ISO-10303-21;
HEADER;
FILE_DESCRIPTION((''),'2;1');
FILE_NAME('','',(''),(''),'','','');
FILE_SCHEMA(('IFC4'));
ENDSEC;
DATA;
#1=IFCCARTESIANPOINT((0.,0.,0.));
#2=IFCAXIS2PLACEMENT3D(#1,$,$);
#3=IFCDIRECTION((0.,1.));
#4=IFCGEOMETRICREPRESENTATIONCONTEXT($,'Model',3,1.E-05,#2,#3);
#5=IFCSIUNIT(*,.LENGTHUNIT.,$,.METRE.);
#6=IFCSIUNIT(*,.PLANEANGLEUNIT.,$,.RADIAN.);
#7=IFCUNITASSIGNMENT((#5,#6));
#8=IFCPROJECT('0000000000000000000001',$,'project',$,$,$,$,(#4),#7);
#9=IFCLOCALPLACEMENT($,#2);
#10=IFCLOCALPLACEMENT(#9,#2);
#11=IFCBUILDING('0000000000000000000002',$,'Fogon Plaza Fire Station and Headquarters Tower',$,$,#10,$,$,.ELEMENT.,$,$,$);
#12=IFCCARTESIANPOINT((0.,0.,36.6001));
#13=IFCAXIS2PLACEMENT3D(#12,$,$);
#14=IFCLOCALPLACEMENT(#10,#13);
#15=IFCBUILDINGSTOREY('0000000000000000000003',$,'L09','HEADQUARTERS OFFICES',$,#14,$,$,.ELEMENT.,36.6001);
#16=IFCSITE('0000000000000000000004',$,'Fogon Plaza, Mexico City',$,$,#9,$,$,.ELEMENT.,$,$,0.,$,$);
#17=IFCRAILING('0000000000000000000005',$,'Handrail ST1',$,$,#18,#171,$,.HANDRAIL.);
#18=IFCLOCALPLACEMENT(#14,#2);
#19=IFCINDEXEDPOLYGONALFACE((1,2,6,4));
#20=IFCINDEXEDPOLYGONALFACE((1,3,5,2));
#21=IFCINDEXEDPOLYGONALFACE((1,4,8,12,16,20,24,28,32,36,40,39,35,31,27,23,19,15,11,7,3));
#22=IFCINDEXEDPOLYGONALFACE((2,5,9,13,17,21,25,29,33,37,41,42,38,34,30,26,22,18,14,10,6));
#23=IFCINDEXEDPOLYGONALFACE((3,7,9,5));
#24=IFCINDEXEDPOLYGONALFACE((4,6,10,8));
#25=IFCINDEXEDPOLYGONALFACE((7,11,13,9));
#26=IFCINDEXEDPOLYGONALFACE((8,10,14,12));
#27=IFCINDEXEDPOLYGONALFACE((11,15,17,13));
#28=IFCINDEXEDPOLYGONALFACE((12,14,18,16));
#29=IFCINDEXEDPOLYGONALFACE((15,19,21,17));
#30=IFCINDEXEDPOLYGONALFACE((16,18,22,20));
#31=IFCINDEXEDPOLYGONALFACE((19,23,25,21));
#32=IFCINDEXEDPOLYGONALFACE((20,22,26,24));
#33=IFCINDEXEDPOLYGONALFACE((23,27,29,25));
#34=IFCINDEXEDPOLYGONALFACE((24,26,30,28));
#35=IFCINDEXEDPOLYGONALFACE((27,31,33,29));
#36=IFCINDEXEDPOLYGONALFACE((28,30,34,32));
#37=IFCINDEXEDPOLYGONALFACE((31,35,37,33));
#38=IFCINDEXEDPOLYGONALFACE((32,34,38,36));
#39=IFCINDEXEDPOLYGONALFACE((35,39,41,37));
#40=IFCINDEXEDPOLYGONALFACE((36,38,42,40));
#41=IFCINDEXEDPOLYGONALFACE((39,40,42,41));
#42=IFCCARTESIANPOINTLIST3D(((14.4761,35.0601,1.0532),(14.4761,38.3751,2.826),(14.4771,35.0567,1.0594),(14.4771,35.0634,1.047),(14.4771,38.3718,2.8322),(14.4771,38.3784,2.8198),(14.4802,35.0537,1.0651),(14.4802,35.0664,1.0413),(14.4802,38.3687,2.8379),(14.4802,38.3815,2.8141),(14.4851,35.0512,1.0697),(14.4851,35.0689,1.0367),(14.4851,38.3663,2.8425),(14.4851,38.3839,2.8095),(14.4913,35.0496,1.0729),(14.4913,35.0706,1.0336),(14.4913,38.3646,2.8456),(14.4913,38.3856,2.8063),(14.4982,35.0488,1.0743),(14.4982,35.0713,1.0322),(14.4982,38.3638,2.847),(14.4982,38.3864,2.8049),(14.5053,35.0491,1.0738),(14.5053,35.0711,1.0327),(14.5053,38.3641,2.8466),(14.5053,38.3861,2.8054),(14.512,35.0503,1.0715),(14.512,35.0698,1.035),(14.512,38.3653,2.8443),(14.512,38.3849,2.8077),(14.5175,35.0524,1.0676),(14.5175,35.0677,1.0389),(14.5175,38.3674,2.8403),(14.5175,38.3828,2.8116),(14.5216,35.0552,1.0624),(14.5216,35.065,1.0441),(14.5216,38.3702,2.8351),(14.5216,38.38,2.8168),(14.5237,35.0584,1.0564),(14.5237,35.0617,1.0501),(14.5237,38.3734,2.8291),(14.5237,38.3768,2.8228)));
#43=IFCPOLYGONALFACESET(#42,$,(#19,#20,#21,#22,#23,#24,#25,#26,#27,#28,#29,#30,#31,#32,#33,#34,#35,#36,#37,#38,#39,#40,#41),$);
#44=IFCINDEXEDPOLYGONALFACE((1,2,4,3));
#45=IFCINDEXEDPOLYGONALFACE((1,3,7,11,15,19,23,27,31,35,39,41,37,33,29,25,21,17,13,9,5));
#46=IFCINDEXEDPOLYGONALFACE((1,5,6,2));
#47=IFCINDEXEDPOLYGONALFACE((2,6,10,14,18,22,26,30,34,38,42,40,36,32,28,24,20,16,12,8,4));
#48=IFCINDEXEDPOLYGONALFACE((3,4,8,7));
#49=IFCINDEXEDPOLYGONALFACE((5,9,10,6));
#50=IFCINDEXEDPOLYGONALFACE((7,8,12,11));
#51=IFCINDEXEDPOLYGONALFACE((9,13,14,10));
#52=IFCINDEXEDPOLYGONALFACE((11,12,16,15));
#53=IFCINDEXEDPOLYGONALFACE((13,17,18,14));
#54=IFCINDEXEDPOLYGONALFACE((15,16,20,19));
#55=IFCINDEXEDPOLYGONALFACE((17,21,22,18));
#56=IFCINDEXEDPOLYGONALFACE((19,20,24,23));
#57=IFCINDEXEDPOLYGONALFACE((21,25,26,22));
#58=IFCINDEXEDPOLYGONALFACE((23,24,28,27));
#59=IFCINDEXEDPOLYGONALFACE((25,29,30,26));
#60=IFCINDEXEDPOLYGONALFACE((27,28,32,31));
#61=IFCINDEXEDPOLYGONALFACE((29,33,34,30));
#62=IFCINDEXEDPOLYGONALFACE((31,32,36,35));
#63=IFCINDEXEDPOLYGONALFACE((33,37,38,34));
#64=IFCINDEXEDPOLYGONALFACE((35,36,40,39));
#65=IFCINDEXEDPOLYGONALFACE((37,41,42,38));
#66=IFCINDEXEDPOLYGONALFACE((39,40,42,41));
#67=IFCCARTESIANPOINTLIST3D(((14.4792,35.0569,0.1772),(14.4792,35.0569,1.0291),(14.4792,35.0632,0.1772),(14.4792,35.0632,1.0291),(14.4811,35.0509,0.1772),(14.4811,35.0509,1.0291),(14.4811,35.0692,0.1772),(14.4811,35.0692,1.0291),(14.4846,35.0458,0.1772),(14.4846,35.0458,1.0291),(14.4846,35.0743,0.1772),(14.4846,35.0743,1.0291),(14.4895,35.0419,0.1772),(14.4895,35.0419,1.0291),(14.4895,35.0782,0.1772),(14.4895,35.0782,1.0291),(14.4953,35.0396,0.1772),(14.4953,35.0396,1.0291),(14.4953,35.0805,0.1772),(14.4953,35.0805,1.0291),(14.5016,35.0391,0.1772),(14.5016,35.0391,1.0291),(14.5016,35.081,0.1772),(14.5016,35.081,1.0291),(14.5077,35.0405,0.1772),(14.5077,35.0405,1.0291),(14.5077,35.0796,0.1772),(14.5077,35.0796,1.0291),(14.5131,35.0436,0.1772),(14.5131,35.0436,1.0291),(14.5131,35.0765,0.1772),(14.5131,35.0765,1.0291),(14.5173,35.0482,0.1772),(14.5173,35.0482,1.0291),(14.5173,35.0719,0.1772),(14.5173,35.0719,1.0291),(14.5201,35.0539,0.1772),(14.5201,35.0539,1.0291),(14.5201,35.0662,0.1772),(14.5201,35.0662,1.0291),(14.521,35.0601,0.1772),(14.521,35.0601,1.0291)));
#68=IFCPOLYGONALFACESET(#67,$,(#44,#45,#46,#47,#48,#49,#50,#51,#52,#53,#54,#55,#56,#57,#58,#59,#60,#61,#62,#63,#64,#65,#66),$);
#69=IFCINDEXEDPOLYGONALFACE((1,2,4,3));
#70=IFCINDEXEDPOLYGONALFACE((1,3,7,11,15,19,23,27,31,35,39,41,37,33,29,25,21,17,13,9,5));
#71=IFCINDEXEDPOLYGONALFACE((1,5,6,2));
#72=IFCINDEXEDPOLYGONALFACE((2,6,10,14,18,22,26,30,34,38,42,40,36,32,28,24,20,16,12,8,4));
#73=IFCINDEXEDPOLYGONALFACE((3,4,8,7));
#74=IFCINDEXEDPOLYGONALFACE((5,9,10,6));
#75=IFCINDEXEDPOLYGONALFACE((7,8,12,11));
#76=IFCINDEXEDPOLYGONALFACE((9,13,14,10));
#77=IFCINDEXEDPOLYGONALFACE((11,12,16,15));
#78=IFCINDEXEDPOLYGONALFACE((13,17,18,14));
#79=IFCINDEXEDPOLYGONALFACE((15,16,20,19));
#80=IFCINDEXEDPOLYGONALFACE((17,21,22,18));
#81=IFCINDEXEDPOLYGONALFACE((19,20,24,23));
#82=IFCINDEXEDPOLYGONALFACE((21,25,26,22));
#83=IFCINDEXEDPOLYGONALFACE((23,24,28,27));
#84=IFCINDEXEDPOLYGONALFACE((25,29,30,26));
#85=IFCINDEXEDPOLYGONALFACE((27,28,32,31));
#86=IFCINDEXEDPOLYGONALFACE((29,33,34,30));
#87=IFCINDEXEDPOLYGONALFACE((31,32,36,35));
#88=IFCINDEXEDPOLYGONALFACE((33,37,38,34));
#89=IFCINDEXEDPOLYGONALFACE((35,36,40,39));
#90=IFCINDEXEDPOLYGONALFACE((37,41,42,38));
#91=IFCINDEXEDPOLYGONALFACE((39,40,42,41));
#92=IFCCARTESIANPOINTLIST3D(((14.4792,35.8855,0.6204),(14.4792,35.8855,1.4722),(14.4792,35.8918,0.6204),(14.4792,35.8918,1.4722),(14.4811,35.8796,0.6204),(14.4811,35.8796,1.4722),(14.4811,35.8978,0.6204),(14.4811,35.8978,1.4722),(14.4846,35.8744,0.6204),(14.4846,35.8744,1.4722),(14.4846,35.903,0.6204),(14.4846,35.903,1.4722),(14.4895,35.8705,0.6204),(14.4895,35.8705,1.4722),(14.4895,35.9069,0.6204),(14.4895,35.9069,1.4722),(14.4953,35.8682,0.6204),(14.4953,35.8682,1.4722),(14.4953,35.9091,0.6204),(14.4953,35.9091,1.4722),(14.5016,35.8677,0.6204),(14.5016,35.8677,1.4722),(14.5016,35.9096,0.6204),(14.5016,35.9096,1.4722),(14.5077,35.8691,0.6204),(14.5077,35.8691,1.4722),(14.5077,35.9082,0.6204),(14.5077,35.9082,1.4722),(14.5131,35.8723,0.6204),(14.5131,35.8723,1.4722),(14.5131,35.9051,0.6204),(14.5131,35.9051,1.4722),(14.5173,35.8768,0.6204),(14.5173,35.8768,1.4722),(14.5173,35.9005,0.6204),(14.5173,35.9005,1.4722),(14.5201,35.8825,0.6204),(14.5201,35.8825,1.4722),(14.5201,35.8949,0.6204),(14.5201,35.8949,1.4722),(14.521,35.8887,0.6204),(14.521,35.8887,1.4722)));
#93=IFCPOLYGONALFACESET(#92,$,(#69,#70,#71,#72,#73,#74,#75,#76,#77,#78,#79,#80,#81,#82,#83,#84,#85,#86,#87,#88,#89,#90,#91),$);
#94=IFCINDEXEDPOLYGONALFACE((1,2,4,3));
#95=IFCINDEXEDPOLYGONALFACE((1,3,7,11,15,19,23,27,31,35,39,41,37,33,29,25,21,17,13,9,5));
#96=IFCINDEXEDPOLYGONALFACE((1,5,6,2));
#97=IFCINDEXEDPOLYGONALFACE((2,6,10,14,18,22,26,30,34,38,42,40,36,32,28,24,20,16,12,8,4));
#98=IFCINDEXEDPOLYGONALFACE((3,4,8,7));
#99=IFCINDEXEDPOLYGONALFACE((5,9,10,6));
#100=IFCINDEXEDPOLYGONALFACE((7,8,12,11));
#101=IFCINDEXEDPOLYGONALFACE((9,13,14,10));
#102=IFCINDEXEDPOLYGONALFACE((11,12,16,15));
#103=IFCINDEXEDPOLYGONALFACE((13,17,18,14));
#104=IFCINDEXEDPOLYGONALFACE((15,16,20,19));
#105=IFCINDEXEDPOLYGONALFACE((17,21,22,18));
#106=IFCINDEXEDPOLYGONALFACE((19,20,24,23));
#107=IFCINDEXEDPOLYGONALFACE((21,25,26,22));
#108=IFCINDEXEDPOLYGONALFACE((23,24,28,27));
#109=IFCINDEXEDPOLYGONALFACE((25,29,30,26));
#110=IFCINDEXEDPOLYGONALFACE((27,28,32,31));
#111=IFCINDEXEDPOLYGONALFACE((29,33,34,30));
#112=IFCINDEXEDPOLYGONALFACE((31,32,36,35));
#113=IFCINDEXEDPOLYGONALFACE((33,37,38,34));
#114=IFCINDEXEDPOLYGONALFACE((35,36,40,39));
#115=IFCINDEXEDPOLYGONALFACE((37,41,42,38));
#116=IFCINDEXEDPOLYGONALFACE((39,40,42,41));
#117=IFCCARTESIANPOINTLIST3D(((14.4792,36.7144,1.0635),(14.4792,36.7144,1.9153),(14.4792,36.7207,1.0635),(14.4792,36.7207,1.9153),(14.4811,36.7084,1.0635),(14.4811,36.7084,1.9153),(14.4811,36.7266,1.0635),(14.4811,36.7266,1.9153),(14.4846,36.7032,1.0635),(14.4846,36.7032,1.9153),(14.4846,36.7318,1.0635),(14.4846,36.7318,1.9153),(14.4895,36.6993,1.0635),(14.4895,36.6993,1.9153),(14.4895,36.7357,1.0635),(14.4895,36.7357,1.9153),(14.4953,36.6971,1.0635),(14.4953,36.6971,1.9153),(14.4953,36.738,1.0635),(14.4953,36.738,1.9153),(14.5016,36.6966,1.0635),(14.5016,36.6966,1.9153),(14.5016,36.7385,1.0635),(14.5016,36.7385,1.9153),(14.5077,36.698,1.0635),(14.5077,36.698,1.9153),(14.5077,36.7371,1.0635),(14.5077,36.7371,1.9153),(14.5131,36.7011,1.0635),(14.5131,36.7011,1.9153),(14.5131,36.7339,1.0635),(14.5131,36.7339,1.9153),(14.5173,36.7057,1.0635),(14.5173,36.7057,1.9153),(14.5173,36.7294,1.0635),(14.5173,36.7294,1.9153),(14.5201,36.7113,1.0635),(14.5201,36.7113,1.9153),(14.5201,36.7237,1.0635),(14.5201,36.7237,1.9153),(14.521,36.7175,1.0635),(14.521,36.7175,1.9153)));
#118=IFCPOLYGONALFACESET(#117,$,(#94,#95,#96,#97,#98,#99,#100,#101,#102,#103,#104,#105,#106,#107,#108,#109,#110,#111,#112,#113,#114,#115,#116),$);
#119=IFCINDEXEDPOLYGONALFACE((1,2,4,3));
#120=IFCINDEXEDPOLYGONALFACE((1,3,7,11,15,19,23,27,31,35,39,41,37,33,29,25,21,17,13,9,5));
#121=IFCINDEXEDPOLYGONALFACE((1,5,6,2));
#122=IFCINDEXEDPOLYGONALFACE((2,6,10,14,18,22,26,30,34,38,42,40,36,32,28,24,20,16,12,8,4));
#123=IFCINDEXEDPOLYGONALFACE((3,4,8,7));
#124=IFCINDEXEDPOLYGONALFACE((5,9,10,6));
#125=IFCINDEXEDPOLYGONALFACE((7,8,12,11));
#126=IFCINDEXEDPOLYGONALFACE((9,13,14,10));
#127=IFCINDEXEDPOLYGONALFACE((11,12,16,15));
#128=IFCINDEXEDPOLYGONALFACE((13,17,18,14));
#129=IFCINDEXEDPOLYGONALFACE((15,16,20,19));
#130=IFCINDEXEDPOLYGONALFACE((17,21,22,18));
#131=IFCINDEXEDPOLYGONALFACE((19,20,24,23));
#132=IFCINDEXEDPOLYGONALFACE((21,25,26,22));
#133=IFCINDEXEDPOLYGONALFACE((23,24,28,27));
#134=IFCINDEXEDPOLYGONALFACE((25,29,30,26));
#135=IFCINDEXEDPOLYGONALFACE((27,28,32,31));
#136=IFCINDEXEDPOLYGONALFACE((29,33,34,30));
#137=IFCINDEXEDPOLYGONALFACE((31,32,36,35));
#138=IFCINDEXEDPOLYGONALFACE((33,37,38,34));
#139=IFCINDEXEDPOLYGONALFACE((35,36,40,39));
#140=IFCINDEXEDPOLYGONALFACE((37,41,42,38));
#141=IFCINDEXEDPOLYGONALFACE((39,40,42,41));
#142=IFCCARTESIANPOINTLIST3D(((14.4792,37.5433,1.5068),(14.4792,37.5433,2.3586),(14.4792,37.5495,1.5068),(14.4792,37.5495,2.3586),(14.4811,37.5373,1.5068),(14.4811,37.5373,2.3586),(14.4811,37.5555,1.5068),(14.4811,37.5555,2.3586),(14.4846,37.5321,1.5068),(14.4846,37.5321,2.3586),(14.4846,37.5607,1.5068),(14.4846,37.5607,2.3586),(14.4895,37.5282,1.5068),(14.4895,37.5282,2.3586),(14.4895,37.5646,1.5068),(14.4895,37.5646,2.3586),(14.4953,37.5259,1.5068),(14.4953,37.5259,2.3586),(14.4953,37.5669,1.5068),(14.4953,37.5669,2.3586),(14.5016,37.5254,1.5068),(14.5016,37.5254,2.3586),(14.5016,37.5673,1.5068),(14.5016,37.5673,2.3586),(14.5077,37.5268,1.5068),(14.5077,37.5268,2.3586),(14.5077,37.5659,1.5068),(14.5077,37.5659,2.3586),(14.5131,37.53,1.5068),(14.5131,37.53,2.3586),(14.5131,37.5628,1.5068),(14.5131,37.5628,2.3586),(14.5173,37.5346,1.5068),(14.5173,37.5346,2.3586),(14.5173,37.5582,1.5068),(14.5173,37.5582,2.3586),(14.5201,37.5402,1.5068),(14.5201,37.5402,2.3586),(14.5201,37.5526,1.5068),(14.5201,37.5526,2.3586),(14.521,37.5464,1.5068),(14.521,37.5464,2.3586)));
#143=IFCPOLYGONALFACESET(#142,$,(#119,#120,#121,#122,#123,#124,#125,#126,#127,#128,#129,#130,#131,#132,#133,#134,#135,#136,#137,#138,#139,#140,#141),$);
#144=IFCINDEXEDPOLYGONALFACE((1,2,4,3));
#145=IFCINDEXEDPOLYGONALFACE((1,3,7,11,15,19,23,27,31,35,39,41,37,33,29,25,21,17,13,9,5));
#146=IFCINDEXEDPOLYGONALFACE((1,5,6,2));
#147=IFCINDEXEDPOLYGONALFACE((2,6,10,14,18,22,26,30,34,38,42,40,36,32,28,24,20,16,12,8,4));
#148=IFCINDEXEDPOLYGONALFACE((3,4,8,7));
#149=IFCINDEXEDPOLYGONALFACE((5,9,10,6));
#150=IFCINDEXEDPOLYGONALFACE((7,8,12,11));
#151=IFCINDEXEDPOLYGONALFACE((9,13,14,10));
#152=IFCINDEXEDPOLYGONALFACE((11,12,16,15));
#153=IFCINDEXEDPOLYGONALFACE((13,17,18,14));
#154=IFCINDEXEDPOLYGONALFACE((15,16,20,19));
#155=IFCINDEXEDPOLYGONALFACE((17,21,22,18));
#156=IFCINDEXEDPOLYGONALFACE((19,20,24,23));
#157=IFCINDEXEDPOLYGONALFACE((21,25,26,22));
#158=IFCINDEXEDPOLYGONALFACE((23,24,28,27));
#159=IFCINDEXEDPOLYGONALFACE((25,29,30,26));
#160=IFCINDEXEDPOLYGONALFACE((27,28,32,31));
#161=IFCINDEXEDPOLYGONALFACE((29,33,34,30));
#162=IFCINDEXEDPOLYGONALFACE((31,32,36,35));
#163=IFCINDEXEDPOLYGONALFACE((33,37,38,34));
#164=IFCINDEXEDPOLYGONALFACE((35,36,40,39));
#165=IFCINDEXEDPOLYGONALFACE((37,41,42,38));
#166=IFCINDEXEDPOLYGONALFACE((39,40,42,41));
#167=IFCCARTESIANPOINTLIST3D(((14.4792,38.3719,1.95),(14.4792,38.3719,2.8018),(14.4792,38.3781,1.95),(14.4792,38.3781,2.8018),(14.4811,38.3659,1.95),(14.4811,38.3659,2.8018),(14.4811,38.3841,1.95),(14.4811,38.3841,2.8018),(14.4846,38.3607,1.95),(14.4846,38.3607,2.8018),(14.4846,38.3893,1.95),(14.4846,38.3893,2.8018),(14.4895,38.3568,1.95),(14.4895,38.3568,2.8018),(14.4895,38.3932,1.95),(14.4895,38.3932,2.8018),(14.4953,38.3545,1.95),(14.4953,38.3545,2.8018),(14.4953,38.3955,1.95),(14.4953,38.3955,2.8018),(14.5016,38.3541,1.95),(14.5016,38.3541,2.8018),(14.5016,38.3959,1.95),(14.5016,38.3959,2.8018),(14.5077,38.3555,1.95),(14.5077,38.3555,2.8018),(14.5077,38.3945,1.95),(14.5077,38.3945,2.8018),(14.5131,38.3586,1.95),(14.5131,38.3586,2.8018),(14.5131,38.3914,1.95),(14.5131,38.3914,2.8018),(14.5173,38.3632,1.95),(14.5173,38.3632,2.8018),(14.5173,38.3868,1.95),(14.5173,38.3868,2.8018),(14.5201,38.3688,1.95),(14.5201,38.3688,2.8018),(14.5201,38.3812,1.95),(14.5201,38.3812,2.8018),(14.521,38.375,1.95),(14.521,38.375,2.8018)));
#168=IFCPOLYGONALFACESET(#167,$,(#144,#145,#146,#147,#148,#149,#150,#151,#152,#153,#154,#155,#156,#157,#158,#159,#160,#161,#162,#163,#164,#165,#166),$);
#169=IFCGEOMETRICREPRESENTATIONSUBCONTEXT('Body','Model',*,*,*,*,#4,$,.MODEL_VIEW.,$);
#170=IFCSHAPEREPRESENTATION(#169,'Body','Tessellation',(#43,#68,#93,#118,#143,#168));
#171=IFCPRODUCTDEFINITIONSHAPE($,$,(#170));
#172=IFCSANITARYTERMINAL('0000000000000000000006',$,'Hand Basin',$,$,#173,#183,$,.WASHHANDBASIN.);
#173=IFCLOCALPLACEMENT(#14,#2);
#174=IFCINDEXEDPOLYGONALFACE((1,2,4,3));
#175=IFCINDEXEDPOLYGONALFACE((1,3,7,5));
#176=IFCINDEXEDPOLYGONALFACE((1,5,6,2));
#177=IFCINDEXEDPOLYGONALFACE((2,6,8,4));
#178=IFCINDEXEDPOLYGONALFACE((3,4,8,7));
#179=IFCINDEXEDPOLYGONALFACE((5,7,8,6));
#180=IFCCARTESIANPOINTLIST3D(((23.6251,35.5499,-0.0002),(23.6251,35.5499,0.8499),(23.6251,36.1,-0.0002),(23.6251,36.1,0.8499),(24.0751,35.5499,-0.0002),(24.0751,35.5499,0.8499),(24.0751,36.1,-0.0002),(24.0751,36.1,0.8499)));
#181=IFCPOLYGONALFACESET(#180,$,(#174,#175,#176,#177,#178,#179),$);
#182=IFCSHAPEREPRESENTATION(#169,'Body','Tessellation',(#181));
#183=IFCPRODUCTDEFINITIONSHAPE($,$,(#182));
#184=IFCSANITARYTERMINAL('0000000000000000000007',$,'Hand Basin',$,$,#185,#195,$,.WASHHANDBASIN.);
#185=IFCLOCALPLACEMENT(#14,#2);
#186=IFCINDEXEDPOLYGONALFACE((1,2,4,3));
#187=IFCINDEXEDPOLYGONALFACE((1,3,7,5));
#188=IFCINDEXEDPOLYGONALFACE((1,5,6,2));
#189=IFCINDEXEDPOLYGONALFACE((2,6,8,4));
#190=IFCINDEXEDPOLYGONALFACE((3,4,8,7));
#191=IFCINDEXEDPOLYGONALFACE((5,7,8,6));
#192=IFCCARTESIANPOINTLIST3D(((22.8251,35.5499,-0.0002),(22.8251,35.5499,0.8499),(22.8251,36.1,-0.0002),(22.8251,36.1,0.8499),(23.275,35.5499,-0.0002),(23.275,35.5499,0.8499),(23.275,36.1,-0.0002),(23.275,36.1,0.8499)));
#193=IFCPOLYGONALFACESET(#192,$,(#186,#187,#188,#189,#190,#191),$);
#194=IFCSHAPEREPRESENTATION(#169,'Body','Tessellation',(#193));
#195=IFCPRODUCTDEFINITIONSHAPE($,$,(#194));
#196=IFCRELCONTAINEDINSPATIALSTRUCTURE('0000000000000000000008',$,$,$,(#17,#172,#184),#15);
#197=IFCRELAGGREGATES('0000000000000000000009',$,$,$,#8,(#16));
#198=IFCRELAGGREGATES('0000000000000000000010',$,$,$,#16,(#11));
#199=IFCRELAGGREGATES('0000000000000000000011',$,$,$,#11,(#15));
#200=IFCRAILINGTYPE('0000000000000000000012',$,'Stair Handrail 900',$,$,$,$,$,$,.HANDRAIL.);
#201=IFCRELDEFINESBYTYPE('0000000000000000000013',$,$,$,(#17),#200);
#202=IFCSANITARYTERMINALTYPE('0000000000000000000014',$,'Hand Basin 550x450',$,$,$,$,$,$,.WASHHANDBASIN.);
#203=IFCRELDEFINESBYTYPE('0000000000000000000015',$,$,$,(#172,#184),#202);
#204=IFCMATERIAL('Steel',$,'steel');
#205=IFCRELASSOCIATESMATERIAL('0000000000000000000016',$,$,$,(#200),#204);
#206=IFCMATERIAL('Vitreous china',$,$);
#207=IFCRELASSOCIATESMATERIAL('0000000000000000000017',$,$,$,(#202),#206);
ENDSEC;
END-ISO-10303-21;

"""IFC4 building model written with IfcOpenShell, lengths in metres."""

from ifc_helpers import new_model, si_unit, direction, frame, origin, origin_2d, place, context, subcontext, project, spatial, rectangle, circle, extrude, material, type_object, element, save


model = new_model("IFC4")

# Units and contexts
model_context = context("Model", 3, precision=1e-05, world=origin(), true_north=direction((0.0, 1.0)))
body_context = subcontext(model_context, "Body", "Model", "MODEL_VIEW")
ifc_project = project(units=[si_unit("LENGTHUNIT", "METRE"), si_unit("PLANEANGLEUNIT", "RADIAN")], contexts=[model_context])

# Site, building, storey
site_placement = place(None, origin())
site = spatial("IfcSite", under=ifc_project, at=site_placement, Name="Fogon Plaza, Mexico City", CompositionType="ELEMENT", RefElevation=0.0)
building_placement = place(site_placement, origin())
building = spatial("IfcBuilding", under=site, at=building_placement, Name="Fogon Plaza Fire Station and Headquarters Tower", CompositionType="ELEMENT")
storey_placement = place(building_placement, frame((0.0, 0.0, 36.6001)))
storey = spatial("IfcBuildingStorey", under=building, at=storey_placement, Name="L09", Description="HEADQUARTERS OFFICES", CompositionType="ELEMENT", Elevation=36.6001)

# Railing
ifc_material_1 = material(Name="Steel", Category="steel")
railing_type = type_object("IfcRailingType", Name="Stair Handrail 900", PredefinedType="HANDRAIL", material=ifc_material_1)
for number, where, name in (
    (1, (14.5, 35.0601, 0.1772), "Handrail ST1"),
):
    element("IfcRailing", number, at=place(storey_placement, frame(where)), inside=storey, type_object=railing_type, Name=name, PredefinedType="HANDRAIL", context=body_context, shape_type="SweptSolid", body=[
        extrude(circle(Radius=0.0239, at=origin_2d()), frame((0.0, 0.0, 0.876), z_axis=(0.0, 0.881829, 0.471569), x_axis=(-1.0, 0.0, 0.0)), (0.0, 0.0, 1.0), 3.7593),
        extrude(circle(Radius=0.021, at=origin_2d()), origin(), (0.0, 0.0, 1.0), 0.8518),
        extrude(circle(Radius=0.021, at=origin_2d()), frame((0.0, 0.8286, 0.4431)), (0.0, 0.0, 1.0), 0.8518),
        extrude(circle(Radius=0.021, at=origin_2d()), frame((0.0, 1.6575, 0.8862)), (0.0, 0.0, 1.0), 0.8518),
        extrude(circle(Radius=0.021, at=origin_2d()), frame((0.0, 2.4863, 1.3296)), (0.0, 0.0, 1.0), 0.8518),
        extrude(circle(Radius=0.021, at=origin_2d()), frame((0.0, 3.3149, 1.7727)), (0.0, 0.0, 1.0), 0.8518),
    ])

# Sanitary terminals
ifc_material_2 = material(Name="Vitreous china")
sanitary_terminal_type = type_object("IfcSanitaryTerminalType", Name="Hand Basin 550x450", PredefinedType="WASHHANDBASIN", material=ifc_material_2)
for number, where, z_axis, x_axis, name in (
    (2, (23.8501, 35.825, -0.0002), (0.0, 0.0, 1.0), (1.0, 0.0, 0.0), "Hand Basin"),
    (3, (23.05, 35.825, -0.0002), (0.0, 0.0, 1.0), (1.0, 0.0, 0.0), "Hand Basin"),
):
    element("IfcSanitaryTerminal", number, at=place(storey_placement, frame(where, z_axis=z_axis, x_axis=x_axis)), inside=storey, type_object=sanitary_terminal_type, Name=name, PredefinedType="WASHHANDBASIN", context=body_context, shape_type="SweptSolid", body=[
        extrude(rectangle(XDim=0.45, YDim=0.55, at=origin_2d()), origin(), (0.0, 0.0, 1.0), 0.8501),
    ])

save(model, "model.ifc")
